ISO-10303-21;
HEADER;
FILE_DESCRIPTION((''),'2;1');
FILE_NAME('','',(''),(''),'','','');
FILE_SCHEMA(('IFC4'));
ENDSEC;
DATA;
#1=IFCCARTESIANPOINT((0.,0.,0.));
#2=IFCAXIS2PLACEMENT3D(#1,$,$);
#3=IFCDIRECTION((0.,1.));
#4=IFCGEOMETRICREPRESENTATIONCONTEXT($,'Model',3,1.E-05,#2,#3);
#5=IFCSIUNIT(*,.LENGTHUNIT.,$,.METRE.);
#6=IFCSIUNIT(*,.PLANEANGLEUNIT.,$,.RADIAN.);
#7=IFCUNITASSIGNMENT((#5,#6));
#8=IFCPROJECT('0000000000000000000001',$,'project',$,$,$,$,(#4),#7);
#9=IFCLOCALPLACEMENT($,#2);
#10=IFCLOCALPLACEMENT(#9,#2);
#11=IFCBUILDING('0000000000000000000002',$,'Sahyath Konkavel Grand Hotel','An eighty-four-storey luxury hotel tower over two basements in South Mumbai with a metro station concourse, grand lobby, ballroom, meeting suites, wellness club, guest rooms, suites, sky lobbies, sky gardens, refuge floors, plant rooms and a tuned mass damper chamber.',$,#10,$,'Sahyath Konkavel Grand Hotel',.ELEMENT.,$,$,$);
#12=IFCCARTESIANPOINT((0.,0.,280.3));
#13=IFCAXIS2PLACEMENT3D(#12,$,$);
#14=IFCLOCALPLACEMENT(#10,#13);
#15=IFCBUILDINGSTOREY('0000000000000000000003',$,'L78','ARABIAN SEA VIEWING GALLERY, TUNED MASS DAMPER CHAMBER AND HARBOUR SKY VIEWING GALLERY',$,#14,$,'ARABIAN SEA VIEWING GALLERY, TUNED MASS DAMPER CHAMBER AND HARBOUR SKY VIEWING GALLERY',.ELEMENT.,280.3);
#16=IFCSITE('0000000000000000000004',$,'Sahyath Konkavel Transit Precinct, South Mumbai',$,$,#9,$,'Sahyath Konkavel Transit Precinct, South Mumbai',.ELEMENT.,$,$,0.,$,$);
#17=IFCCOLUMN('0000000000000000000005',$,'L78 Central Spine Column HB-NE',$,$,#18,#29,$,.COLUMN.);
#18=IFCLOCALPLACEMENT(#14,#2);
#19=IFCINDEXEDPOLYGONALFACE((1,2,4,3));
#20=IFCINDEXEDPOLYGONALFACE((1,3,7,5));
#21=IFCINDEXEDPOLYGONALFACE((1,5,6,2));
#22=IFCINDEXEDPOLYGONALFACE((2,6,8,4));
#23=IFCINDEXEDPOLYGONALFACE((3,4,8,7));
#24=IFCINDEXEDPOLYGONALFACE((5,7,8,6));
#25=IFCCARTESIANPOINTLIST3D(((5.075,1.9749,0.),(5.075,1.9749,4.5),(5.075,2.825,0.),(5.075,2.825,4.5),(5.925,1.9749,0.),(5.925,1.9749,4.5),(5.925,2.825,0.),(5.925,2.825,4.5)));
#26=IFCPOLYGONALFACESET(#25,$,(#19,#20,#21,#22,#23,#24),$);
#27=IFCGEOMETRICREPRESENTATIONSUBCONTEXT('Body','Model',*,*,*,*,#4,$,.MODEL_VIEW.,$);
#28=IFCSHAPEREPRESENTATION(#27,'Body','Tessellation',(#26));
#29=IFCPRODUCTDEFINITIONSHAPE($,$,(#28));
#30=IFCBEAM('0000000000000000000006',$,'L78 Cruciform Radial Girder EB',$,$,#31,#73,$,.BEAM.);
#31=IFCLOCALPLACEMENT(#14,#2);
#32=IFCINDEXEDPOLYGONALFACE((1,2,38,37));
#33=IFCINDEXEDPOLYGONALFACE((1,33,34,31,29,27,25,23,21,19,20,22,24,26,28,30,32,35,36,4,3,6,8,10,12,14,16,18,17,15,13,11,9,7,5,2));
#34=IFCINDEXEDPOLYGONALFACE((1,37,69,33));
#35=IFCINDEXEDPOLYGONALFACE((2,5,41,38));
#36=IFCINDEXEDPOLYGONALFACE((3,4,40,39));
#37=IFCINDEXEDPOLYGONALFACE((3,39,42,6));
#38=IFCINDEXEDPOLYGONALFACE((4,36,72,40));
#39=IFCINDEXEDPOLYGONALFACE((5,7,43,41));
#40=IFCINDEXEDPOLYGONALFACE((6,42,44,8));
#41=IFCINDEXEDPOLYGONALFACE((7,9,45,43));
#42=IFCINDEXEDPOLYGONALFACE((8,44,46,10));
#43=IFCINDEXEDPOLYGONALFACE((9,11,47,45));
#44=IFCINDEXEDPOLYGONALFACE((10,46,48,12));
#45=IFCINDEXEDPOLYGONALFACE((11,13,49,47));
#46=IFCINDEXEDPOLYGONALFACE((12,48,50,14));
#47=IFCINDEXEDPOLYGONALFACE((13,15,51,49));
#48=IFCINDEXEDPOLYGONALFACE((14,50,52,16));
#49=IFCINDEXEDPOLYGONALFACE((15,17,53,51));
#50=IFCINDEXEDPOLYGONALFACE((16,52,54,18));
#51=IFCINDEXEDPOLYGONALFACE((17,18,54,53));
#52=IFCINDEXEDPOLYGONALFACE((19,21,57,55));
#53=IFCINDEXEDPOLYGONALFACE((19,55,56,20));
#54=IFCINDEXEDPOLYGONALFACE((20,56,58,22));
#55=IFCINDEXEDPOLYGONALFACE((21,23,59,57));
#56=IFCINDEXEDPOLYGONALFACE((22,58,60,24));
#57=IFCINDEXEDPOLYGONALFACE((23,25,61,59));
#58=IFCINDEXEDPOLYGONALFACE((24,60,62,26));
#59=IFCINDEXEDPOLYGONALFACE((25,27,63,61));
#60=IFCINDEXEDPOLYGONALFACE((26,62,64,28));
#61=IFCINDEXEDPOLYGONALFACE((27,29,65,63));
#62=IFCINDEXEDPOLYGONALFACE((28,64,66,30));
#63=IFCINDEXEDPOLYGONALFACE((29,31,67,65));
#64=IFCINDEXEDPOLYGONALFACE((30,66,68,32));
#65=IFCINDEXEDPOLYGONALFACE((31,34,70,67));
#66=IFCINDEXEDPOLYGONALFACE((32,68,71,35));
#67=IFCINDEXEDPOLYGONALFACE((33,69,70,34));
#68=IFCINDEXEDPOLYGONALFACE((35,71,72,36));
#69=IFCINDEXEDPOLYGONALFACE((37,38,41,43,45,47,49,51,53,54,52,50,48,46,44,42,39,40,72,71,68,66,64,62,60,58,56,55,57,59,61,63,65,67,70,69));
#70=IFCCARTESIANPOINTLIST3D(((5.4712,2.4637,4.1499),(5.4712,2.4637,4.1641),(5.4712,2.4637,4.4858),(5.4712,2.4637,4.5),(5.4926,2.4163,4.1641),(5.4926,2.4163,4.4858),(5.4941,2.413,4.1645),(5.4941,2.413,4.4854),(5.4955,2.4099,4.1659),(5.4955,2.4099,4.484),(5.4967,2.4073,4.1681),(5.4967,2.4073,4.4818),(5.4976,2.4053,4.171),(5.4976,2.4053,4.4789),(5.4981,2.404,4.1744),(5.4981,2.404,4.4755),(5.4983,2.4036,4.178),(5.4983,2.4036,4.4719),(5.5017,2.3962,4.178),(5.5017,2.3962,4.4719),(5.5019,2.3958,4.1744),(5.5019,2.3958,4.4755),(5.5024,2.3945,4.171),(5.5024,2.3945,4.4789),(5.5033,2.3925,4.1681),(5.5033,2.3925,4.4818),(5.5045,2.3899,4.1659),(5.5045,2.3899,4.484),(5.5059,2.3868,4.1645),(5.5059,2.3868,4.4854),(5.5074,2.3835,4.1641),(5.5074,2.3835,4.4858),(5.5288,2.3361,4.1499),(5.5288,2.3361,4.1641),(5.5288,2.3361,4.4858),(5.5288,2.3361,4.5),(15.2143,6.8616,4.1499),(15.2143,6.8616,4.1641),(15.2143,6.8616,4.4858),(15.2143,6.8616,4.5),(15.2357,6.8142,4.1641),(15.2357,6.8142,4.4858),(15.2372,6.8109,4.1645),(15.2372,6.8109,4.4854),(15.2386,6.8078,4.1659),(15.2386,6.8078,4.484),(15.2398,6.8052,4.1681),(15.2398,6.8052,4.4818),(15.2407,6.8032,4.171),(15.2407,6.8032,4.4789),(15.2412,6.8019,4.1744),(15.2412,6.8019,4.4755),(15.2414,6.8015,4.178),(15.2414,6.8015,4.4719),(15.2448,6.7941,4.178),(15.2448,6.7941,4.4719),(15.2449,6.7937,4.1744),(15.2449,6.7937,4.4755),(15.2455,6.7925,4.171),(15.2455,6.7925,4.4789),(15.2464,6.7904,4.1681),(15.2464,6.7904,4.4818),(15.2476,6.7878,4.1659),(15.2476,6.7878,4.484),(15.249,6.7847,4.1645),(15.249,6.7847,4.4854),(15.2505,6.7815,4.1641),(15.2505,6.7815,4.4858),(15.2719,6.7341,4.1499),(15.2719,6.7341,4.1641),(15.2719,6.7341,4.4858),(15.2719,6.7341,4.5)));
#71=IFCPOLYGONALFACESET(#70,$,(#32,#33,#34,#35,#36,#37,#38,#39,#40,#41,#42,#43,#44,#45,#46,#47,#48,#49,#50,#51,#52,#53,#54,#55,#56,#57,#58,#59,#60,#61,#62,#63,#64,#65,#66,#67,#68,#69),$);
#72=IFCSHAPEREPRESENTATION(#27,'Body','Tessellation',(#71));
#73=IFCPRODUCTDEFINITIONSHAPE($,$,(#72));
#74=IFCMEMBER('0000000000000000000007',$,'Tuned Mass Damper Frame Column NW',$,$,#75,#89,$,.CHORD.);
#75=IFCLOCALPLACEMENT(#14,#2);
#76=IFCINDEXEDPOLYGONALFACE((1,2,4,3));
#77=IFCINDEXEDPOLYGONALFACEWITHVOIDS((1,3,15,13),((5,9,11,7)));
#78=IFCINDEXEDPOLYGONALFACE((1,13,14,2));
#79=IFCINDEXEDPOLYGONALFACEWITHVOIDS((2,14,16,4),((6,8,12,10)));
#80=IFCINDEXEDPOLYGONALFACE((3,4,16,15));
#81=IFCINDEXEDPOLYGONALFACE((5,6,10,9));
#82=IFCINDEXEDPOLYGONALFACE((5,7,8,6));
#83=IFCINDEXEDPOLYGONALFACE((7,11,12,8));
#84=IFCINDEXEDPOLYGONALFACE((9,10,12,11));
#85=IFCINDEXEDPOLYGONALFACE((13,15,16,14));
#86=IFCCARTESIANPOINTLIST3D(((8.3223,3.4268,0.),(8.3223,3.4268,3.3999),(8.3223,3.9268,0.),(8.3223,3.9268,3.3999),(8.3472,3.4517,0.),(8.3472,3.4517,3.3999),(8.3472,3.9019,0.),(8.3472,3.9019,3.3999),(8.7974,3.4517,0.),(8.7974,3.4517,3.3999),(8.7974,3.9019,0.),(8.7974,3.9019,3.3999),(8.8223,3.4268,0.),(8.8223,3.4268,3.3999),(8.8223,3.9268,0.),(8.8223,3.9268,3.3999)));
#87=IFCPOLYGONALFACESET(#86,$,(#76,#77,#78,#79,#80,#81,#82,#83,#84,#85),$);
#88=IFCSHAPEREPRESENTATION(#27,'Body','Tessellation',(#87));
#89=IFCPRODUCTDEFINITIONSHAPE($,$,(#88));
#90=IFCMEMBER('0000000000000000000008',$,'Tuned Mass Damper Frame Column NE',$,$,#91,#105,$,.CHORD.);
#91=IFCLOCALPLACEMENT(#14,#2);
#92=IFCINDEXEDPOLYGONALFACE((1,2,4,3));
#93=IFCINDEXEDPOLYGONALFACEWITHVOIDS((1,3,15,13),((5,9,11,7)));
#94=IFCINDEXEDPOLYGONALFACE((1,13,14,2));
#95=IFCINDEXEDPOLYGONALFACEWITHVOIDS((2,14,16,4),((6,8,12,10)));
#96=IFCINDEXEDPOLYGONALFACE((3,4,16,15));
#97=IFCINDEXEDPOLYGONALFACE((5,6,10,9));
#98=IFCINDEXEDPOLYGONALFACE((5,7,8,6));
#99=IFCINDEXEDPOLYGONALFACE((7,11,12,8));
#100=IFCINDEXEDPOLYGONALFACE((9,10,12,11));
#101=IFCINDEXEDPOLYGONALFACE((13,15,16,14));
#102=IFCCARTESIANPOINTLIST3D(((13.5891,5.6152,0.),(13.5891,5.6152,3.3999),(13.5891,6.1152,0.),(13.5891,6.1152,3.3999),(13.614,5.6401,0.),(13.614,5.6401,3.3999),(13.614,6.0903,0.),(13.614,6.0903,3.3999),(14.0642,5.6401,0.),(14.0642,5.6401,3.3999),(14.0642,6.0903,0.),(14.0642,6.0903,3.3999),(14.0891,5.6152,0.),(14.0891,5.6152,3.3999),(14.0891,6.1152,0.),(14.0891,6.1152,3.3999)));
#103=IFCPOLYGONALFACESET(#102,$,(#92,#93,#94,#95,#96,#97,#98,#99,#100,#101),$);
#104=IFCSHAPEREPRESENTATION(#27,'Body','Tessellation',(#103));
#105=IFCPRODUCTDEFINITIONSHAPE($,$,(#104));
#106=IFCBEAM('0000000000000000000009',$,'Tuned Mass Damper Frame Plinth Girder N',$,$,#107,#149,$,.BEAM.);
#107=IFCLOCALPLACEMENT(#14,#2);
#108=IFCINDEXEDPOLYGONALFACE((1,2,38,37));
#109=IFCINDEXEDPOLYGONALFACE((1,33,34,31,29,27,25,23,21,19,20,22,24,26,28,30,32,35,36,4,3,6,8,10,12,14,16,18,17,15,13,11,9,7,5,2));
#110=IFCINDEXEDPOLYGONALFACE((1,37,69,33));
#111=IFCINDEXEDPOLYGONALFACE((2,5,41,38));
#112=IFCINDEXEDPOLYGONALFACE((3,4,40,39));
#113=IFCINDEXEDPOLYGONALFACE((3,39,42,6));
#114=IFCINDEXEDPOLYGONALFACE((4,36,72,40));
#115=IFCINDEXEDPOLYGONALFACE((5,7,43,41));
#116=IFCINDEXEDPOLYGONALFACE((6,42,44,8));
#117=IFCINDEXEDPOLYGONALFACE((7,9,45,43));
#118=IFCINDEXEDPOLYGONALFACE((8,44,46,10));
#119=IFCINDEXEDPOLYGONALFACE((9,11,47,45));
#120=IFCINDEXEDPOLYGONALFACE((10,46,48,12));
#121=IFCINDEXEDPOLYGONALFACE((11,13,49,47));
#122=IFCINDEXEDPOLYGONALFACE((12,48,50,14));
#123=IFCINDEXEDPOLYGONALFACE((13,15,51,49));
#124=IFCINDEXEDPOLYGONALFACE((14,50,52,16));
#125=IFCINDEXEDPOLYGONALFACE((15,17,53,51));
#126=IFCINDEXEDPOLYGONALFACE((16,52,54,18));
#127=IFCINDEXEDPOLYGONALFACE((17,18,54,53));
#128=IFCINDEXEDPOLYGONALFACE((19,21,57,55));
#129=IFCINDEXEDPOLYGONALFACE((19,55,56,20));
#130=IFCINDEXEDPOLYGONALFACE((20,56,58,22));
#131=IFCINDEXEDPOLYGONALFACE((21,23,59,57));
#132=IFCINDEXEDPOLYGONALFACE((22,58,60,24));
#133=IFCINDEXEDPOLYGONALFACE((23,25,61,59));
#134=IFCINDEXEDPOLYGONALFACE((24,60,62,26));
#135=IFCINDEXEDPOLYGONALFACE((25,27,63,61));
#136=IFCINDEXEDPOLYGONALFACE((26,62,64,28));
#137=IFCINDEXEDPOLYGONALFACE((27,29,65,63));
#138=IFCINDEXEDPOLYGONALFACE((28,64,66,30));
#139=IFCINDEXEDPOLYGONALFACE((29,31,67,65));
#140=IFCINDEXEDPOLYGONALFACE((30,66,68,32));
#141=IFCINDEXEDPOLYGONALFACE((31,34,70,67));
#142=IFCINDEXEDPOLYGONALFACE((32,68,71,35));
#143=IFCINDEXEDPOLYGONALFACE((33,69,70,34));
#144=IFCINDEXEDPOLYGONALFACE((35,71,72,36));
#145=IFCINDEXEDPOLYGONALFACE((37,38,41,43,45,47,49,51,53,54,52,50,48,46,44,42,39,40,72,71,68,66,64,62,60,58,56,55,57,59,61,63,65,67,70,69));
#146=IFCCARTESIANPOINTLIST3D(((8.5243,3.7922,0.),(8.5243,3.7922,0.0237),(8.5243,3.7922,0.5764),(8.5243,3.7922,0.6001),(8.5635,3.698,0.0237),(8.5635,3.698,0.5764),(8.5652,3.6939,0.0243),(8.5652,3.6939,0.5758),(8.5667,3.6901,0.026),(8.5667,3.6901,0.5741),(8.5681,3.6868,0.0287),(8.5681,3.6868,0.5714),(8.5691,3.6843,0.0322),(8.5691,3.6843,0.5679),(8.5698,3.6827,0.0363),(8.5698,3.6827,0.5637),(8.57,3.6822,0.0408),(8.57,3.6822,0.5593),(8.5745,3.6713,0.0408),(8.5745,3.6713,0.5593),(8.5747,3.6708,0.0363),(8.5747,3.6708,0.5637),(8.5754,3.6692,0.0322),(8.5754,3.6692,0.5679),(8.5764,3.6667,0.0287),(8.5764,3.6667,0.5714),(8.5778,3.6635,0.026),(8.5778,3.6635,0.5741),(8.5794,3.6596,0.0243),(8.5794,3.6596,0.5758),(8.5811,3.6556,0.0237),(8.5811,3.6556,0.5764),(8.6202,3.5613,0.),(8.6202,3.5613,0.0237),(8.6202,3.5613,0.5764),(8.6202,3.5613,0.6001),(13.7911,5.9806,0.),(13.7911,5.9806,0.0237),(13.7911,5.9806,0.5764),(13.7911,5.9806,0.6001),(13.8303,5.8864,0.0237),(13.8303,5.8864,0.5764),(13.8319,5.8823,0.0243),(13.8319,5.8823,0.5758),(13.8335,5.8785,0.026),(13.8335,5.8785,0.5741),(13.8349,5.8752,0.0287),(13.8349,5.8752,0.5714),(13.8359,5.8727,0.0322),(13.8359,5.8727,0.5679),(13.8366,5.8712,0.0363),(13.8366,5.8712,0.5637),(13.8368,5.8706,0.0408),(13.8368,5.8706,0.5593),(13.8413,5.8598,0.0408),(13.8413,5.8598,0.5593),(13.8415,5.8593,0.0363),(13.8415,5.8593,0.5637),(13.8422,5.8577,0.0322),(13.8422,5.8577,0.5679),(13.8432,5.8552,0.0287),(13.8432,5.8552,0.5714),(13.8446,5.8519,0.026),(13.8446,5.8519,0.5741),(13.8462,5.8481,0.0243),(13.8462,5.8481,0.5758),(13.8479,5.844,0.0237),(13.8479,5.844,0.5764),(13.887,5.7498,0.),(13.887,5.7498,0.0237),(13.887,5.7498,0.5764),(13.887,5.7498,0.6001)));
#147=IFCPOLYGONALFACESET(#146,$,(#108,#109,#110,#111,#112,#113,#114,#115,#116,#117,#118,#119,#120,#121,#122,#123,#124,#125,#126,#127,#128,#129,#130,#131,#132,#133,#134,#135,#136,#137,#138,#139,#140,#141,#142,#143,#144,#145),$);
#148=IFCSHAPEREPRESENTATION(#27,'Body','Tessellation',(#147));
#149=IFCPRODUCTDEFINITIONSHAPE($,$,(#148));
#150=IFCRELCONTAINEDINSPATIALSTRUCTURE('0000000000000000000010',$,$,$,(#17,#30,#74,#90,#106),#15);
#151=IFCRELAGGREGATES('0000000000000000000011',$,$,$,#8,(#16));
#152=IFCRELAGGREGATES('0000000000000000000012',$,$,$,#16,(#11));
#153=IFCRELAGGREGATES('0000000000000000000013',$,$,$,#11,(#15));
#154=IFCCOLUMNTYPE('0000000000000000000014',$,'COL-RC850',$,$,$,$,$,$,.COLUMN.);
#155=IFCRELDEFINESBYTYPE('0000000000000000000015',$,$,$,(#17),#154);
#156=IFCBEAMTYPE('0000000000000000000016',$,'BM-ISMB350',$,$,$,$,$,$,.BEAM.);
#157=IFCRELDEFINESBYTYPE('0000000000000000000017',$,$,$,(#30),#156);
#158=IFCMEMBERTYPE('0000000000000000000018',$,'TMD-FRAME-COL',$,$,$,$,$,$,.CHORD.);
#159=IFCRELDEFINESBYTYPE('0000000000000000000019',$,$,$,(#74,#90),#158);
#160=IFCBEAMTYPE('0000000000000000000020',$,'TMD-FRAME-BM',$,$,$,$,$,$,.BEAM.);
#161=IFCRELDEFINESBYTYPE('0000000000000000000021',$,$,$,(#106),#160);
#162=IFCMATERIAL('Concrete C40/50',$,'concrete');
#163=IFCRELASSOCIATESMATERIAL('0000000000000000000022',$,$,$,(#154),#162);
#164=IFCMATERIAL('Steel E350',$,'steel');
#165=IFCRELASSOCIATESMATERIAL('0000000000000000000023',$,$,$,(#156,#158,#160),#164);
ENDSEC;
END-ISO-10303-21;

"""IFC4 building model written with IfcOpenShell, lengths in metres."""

from ifc_helpers import new_model, si_unit, direction, frame, origin, origin_2d, place, context, subcontext, project, spatial, rectangle, hollow_rectangle, i_section, extrude, source, transform, mapped, material, material_profile, profile_set, type_object, element, save


model = new_model("IFC4")

# Units and contexts
model_context = context("Model", 3, precision=1e-05, world=origin(), true_north=direction((0.0, 1.0)))
body_context = subcontext(model_context, "Body", "Model", "MODEL_VIEW")
ifc_project = project(units=[si_unit("LENGTHUNIT", "METRE"), si_unit("PLANEANGLEUNIT", "RADIAN")], contexts=[model_context])

# Site, building, storey
site_placement = place(None, origin())
site = spatial("IfcSite", under=ifc_project, at=site_placement, Name="Sahyath Konkavel Transit Precinct, South Mumbai", LongName="Sahyath Konkavel Transit Precinct, South Mumbai", CompositionType="ELEMENT", RefElevation=0.0)
building_placement = place(site_placement, origin())
building = spatial("IfcBuilding", under=site, at=building_placement, Name="Sahyath Konkavel Grand Hotel", Description="An eighty-four-storey luxury hotel tower over two basements in South Mumbai with a metro station concourse, grand lobby, ballroom, meeting suites, wellness club, guest rooms, suites, sky lobbies, sky gardens, refuge floors, plant rooms and a tuned mass damper chamber.", LongName="Sahyath Konkavel Grand Hotel", CompositionType="ELEMENT")
storey_placement = place(building_placement, frame((0.0, 0.0, 280.3)))
storey = spatial("IfcBuildingStorey", under=building, at=storey_placement, Name="L78", Description="ARABIAN SEA VIEWING GALLERY, TUNED MASS DAMPER CHAMBER AND HARBOUR SKY VIEWING GALLERY", LongName="ARABIAN SEA VIEWING GALLERY, TUNED MASS DAMPER CHAMBER AND HARBOUR SKY VIEWING GALLERY", CompositionType="ELEMENT", Elevation=280.3)

# Column
ifc_material_1 = material(Name="Concrete C40/50", Category="concrete")
ifc_material_profile_1 = material_profile(ifc_material_1, rectangle(XDim=0.8501, YDim=0.8501, at=origin_2d()), Name="RC 850x850")
ifc_profile_set_1 = profile_set([ifc_material_profile_1], Name="Concrete C40/50")
column_type = type_object("IfcColumnType", Name="COL-RC850", PredefinedType="COLUMN", material=ifc_profile_set_1)
shared_shape_1 = source(origin(), body_context, "Body", "SweptSolid", [
    extrude(rectangle(XDim=0.8501, YDim=0.8501, at=origin_2d()), origin(), (0.0, 0.0, 1.0), 4.5),
])
column_placement = place(storey_placement, frame((5.5, 2.3999, 0.0), z_axis=(0.0, 0.0, 1.0), x_axis=(1.0, 0.0, 0.0)))
element("IfcColumn", 1, at=column_placement, inside=storey, type_object=column_type, Name="L78 Central Spine Column HB-NE", PredefinedType="COLUMN", context=body_context, shape_type="MappedRepresentation", body=[
    mapped(shared_shape_1, transform((0.0, 0.0, 0.0), scale=1.0)),
])

# Beam
ifc_material_2 = material(Name="Steel E350", Category="steel")
ifc_material_profile_2 = material_profile(ifc_material_2, i_section(OverallWidth=0.1399, OverallDepth=0.3501, WebThickness=0.0081, FlangeThickness=0.0142, FilletRadius=0.0139, at=origin_2d()), Name="ISMB 350")
ifc_profile_set_2 = profile_set([ifc_material_profile_2], Name="Steel E350")
beam_type_1 = type_object("IfcBeamType", Name="BM-ISMB350", PredefinedType="BEAM", material=ifc_profile_set_2)
shared_shape_2 = source(origin(), body_context, "Body", "SweptSolid", [
    extrude(i_section(OverallWidth=0.1399, OverallDepth=0.3501, WebThickness=0.0081, FlangeThickness=0.0142, FilletRadius=0.0139, at=origin_2d()), origin(), (0.0, 0.0, 1.0), 10.6897),
])
beam_1_placement = place(storey_placement, frame((5.5, 2.3999, 4.325), z_axis=(0.911447, 0.411417, 0.0), x_axis=(-0.411417, 0.911447, 0.0)))
element("IfcBeam", 2, at=beam_1_placement, inside=storey, type_object=beam_type_1, Name="L78 Cruciform Radial Girder EB", PredefinedType="BEAM", context=body_context, shape_type="MappedRepresentation", body=[
    mapped(shared_shape_2, transform((0.0, 0.0, 0.0), scale=1.0)),
])

# Members
ifc_material_profile_3 = material_profile(ifc_material_2, hollow_rectangle(XDim=0.5, YDim=0.5, WallThickness=0.0249, at=origin_2d()), Name="BOX 500x500x25")
ifc_profile_set_3 = profile_set([ifc_material_profile_3], Name="Steel E350")
member_type_1 = type_object("IfcMemberType", Name="TMD-FRAME-COL", PredefinedType="CHORD", material=ifc_profile_set_3)
shared_shape_3 = source(origin(), body_context, "Body", "SweptSolid", [
    extrude(hollow_rectangle(XDim=0.5, YDim=0.5, WallThickness=0.0249, at=origin_2d()), origin(), (0.0, 0.0, 1.0), 3.3999),
])
for number, where, z_axis, x_axis, name in (
    (3, (8.5723, 3.6768, 0.0), (0.0, 0.0, 1.0), (1.0, 0.0, 0.0), "Tuned Mass Damper Frame Column NW"),
    (4, (13.8391, 5.8652, 0.0), (0.0, 0.0, 1.0), (1.0, 0.0, 0.0), "Tuned Mass Damper Frame Column NE"),
):
    element("IfcMember", number, at=place(storey_placement, frame(where, z_axis=z_axis, x_axis=x_axis)), inside=storey, type_object=member_type_1, Name=name, PredefinedType="CHORD", context=body_context, shape_type="MappedRepresentation", body=[
        mapped(shared_shape_3, transform((0.0, 0.0, 0.0), scale=1.0)),
    ])

# Beam
ifc_material_profile_4 = material_profile(ifc_material_2, i_section(OverallWidth=0.25, OverallDepth=0.6001, WebThickness=0.0117, FlangeThickness=0.0237, FilletRadius=0.0171, at=origin_2d()), Name="ISWB 600")
ifc_profile_set_4 = profile_set([ifc_material_profile_4], Name="Steel E350")
beam_type_2 = type_object("IfcBeamType", Name="TMD-FRAME-BM", PredefinedType="BEAM", material=ifc_profile_set_4)
shared_shape_4 = source(origin(), body_context, "Body", "SweptSolid", [
    extrude(i_section(OverallWidth=0.25, OverallDepth=0.6001, WebThickness=0.0117, FlangeThickness=0.0237, FilletRadius=0.0171, at=origin_2d()), origin(), (0.0, 0.0, 1.0), 5.7034),
])
for number, where, z_axis, x_axis, name in (
    (5, (8.5723, 3.6768, 0.3), (0.923453, 0.383712, 0.0), (-0.383712, 0.923453, 0.0), "Tuned Mass Damper Frame Plinth Girder N"),
):
    element("IfcBeam", number, at=place(storey_placement, frame(where, z_axis=z_axis, x_axis=x_axis)), inside=storey, type_object=beam_type_2, Name=name, PredefinedType="BEAM", context=body_context, shape_type="MappedRepresentation", body=[
        mapped(shared_shape_4, transform((0.0, 0.0, 0.0), scale=1.0)),
    ])

save(model, "model.ifc")
